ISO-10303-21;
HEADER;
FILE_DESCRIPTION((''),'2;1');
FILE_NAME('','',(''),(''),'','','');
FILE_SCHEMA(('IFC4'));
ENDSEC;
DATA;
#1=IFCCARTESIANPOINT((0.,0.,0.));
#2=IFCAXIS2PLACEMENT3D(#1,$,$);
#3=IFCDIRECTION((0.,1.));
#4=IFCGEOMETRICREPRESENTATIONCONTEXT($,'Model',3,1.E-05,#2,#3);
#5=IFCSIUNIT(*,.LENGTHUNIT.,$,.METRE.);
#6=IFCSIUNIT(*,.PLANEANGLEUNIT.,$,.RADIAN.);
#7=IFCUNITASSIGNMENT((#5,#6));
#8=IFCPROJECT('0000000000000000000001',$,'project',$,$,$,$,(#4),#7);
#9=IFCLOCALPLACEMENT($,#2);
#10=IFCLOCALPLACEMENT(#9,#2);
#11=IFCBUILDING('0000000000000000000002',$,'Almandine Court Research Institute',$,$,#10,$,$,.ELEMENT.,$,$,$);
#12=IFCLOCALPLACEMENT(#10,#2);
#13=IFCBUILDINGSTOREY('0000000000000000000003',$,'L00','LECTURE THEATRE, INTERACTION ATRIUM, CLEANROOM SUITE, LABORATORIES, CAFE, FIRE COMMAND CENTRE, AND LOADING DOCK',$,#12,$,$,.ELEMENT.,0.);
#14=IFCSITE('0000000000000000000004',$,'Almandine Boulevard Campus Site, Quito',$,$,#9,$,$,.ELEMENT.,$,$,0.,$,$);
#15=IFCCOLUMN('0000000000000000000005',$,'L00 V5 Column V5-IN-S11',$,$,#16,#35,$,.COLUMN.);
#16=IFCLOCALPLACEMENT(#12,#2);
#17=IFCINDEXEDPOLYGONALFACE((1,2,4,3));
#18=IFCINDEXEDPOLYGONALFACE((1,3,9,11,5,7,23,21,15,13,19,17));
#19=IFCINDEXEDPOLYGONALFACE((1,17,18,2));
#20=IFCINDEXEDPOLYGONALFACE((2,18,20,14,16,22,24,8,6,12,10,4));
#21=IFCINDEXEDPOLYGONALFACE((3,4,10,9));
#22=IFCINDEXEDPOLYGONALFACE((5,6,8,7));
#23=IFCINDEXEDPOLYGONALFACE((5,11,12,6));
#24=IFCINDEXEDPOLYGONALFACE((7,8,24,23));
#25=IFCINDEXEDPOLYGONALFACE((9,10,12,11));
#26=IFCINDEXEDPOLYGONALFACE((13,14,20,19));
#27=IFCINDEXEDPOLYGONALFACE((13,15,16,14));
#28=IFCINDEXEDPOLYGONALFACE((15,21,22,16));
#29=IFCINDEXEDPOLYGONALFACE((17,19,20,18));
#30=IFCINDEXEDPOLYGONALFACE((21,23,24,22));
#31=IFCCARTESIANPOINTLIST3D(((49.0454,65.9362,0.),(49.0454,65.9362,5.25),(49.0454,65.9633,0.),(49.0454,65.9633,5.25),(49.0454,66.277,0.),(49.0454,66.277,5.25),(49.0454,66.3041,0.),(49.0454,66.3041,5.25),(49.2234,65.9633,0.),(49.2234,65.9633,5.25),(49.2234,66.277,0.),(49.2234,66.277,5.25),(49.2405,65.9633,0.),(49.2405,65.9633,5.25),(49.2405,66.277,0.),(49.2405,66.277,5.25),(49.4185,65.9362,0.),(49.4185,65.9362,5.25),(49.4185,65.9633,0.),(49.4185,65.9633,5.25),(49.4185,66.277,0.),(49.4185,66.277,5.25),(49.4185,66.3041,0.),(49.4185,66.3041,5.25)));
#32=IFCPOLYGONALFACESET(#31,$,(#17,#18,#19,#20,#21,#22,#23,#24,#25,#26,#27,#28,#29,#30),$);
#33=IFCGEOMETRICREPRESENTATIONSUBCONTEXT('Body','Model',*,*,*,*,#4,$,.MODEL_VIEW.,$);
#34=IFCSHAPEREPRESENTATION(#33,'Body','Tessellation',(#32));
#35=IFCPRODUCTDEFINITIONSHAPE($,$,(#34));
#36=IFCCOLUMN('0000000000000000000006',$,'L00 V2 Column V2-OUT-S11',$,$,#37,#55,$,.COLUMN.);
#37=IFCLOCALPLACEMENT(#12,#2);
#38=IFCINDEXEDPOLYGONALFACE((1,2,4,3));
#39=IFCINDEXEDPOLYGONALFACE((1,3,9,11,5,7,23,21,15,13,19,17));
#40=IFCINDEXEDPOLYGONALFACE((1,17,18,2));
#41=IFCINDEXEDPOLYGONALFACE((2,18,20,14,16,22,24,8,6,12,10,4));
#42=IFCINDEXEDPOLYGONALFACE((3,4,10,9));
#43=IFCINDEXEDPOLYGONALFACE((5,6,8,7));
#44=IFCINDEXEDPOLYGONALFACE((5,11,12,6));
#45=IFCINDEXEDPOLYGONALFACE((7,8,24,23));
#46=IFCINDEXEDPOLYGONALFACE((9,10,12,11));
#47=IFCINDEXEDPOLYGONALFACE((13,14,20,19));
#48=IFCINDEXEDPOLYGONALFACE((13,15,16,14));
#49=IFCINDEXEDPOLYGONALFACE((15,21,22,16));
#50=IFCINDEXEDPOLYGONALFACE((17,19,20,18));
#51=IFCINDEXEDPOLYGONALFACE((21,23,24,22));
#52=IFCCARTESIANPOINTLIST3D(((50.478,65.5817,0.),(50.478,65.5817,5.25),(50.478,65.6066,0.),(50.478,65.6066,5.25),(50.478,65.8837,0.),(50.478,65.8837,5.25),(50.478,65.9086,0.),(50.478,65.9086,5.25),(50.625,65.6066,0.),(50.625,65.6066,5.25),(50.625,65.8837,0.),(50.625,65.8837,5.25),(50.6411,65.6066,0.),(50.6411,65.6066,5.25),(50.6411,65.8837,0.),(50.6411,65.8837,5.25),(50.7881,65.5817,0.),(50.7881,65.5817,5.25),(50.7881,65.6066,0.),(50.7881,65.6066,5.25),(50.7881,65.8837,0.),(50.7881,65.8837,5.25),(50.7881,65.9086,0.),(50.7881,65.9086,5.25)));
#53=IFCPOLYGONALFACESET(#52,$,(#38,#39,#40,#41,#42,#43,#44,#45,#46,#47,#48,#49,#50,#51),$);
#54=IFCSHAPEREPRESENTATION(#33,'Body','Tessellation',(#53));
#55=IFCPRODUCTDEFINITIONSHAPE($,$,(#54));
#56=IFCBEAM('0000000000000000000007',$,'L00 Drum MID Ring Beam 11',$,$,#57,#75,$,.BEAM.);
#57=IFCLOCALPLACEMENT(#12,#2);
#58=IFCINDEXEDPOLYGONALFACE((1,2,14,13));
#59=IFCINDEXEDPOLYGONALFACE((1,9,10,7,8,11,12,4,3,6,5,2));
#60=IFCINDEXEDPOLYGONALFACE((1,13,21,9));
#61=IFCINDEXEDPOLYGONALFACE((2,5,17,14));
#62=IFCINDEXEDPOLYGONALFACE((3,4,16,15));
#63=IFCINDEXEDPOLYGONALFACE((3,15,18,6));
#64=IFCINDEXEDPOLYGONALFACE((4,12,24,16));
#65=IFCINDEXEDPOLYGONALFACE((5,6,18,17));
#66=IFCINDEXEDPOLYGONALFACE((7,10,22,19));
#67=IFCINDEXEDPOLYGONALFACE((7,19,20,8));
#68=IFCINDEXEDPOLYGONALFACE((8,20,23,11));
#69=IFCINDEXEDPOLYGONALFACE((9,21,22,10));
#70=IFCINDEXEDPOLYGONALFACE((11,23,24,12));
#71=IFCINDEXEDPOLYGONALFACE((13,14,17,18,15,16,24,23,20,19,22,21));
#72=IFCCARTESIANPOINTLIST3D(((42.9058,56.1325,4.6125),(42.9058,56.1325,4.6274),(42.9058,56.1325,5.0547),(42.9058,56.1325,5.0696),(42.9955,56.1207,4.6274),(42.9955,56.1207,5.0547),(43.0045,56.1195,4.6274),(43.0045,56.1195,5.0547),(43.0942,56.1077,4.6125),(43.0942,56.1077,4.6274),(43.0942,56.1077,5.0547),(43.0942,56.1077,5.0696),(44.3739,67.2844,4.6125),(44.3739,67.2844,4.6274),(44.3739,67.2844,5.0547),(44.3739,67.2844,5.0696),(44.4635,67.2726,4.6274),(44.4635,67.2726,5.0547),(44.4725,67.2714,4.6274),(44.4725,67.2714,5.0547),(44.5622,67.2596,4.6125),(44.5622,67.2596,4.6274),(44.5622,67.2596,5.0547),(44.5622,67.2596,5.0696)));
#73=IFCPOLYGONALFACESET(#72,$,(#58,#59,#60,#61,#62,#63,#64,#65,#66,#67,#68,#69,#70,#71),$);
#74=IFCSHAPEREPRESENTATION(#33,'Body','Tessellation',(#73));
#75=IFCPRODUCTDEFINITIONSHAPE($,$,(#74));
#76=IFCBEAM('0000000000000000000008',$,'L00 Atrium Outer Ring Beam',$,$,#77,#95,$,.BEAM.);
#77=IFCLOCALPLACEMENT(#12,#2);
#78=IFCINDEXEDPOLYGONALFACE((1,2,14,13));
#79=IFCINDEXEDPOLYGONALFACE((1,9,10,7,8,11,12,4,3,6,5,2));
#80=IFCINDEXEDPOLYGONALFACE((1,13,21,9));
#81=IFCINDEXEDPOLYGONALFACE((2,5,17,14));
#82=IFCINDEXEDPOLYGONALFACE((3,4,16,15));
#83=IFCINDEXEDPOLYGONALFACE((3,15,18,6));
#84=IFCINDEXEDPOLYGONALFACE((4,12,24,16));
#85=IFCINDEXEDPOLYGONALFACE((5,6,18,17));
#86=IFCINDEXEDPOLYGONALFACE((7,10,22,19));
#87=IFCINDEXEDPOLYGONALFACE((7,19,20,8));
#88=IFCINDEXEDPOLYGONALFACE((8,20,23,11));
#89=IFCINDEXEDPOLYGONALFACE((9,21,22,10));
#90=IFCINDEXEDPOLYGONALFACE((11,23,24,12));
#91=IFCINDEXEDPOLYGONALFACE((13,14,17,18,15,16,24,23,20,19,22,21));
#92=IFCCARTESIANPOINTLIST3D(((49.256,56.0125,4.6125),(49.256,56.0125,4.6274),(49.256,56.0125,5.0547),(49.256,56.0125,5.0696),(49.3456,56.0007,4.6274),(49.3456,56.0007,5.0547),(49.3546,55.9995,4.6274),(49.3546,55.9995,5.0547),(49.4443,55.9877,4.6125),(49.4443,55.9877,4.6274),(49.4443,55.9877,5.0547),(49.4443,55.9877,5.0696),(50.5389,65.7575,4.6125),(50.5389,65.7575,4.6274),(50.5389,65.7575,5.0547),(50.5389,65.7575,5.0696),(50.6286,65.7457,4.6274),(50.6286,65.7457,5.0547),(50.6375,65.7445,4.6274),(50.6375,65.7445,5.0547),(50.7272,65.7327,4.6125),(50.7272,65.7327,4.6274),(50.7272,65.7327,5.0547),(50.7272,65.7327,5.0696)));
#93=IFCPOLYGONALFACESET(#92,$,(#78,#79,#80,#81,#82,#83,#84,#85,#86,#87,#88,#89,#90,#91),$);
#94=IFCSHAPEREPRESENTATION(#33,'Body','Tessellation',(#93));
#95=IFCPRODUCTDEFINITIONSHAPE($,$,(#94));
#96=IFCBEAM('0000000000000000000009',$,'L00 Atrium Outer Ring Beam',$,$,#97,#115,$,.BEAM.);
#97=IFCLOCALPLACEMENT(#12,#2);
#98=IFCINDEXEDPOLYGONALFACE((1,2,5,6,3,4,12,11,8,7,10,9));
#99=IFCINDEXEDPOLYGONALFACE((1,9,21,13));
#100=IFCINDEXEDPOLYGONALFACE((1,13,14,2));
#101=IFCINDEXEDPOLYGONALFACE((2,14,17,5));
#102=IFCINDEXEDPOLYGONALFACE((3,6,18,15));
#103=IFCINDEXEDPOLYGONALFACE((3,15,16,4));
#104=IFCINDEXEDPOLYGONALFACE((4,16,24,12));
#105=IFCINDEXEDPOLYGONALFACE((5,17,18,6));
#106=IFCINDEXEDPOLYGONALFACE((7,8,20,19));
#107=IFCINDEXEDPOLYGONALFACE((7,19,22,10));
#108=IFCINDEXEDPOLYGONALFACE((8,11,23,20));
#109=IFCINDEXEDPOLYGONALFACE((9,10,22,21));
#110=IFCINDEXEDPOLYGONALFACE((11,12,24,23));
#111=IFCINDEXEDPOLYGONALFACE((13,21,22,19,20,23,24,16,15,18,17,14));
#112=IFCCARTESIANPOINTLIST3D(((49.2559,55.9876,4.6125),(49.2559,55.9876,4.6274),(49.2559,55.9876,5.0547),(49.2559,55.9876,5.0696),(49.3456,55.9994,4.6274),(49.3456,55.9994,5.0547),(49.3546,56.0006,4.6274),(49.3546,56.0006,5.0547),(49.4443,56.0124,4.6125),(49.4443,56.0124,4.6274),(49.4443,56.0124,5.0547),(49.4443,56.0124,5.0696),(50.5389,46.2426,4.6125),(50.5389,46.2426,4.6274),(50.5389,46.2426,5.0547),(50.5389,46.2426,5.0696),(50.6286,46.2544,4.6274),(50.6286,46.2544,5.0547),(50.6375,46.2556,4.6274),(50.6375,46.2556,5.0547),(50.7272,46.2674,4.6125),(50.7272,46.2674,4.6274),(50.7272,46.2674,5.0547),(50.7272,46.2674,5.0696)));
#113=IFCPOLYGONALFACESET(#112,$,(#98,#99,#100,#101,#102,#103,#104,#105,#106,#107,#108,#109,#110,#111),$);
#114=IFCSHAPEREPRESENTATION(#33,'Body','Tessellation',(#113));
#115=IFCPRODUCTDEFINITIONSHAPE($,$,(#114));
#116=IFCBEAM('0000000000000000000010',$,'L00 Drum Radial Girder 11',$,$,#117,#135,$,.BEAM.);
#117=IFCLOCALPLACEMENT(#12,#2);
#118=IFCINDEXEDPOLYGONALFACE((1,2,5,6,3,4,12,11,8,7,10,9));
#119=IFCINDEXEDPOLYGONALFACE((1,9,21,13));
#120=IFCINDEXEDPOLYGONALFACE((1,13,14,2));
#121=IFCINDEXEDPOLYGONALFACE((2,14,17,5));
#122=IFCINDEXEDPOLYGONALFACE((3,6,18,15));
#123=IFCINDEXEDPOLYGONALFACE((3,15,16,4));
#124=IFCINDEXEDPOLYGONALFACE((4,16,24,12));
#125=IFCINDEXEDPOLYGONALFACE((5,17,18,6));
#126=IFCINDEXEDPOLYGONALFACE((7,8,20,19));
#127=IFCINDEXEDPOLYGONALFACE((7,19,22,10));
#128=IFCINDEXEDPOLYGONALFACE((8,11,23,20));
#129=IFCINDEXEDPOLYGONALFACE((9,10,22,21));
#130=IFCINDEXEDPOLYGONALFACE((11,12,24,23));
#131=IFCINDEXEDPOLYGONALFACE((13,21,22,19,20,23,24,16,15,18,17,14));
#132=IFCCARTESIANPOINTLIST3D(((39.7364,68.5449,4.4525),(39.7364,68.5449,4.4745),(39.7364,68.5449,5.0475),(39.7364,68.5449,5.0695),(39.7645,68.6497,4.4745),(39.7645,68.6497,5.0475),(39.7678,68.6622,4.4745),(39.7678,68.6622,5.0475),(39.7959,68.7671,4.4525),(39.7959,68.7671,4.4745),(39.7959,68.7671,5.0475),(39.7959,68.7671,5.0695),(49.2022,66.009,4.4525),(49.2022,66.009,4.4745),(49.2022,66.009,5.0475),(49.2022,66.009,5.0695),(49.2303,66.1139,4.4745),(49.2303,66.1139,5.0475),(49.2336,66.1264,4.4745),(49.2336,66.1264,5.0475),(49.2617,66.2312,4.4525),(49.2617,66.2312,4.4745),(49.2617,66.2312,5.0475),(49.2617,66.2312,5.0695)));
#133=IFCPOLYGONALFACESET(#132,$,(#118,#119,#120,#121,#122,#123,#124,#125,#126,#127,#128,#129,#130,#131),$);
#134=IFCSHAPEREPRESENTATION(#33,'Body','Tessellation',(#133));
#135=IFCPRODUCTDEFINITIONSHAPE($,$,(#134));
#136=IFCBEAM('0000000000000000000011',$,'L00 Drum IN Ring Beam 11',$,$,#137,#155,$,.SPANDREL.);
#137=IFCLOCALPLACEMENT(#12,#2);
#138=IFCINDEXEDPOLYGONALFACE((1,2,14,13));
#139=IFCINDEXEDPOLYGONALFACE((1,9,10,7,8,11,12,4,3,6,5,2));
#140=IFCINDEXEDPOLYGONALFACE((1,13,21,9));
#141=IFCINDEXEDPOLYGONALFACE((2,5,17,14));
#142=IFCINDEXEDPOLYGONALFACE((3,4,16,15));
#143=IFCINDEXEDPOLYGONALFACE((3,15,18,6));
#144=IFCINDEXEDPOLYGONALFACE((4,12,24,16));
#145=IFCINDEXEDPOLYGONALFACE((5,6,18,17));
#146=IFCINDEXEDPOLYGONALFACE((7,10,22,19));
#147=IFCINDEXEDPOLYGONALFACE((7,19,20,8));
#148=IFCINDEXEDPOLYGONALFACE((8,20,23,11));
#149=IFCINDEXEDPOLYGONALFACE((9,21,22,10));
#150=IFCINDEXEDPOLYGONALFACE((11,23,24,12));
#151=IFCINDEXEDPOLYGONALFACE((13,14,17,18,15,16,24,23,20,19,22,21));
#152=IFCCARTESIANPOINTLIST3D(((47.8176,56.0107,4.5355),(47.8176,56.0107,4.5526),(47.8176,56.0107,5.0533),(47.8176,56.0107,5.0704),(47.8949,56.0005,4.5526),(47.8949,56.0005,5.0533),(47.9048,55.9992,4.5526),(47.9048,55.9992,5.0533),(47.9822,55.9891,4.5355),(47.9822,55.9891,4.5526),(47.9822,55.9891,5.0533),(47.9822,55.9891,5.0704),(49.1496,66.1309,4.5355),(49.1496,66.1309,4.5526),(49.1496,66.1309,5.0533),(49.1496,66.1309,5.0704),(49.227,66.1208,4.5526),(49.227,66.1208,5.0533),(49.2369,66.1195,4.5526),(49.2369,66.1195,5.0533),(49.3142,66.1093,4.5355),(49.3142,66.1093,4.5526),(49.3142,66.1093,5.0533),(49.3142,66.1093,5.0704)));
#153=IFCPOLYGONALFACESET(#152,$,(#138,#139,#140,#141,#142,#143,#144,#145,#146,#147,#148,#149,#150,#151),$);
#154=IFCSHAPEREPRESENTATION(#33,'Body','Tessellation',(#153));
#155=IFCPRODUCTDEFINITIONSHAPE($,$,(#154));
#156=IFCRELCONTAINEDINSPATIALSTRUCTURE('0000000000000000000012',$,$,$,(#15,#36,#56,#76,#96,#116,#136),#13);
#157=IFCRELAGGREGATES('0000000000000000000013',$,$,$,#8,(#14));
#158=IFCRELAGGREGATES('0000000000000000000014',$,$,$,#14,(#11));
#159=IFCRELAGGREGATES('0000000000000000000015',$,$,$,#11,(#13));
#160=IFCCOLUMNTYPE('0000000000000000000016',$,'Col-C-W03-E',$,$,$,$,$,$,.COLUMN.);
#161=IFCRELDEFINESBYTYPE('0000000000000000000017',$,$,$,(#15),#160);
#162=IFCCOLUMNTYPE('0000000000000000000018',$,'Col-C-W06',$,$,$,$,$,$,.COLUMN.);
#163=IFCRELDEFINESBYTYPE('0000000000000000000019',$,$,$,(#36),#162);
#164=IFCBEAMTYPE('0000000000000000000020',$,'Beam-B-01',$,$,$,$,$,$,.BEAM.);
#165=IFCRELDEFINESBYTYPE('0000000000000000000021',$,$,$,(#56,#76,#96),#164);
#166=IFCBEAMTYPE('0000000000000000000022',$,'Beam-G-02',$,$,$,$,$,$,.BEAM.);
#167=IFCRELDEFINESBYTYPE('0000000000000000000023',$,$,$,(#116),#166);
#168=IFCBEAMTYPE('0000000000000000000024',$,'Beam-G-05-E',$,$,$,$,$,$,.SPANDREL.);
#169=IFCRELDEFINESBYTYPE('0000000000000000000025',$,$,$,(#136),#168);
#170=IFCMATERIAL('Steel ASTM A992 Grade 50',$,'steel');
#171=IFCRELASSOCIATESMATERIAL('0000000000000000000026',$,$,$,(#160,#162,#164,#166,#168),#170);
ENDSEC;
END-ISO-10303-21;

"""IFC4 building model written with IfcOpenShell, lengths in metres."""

from ifc_helpers import new_model, si_unit, direction, frame, origin, origin_2d, place, context, subcontext, project, spatial, i_section, extrude, material, material_profile, profile_set, type_object, element, save


model = new_model("IFC4")

# Units and contexts
model_context = context("Model", 3, precision=1e-05, world=origin(), true_north=direction((0.0, 1.0)))
body_context = subcontext(model_context, "Body", "Model", "MODEL_VIEW")
ifc_project = project(units=[si_unit("LENGTHUNIT", "METRE"), si_unit("PLANEANGLEUNIT", "RADIAN")], contexts=[model_context])

# Site, building, storey
site_placement = place(None, origin())
site = spatial("IfcSite", under=ifc_project, at=site_placement, Name="Almandine Boulevard Campus Site, Quito", CompositionType="ELEMENT", RefElevation=0.0)
building_placement = place(site_placement, origin())
building = spatial("IfcBuilding", under=site, at=building_placement, Name="Almandine Court Research Institute", CompositionType="ELEMENT")
storey_placement = place(building_placement, origin())
storey = spatial("IfcBuildingStorey", under=building, at=storey_placement, Name="L00", Description="LECTURE THEATRE, INTERACTION ATRIUM, CLEANROOM SUITE, LABORATORIES, CAFE, FIRE COMMAND CENTRE, AND LOADING DOCK", CompositionType="ELEMENT", Elevation=0.0)

# Columns
ifc_material_1 = material(Name="Steel ASTM A992 Grade 50", Category="steel")
ifc_material_profile_1 = material_profile(ifc_material_1, i_section(OverallWidth=0.373, OverallDepth=0.3679, WebThickness=0.0171, FlangeThickness=0.0271, at=origin_2d()), Name="W360x179")
ifc_profile_set_1 = profile_set([ifc_material_profile_1], Name="Steel ASTM A992 Grade 50")
column_type_1 = type_object("IfcColumnType", Name="Col-C-W03-E", PredefinedType="COLUMN", material=ifc_profile_set_1)
column_1_placement = place(storey_placement, frame((49.2319, 66.1201, 0.0), z_axis=(0.0, 0.0, 1.0), x_axis=(1.0, 0.0, 0.0)))
element("IfcColumn", 1, at=column_1_placement, inside=storey, type_object=column_type_1, Name="L00 V5 Column V5-IN-S11", PredefinedType="COLUMN", context=body_context, shape_type="SweptSolid", body=[
    extrude(i_section(OverallWidth=0.373, OverallDepth=0.3679, WebThickness=0.0171, FlangeThickness=0.0271, at=origin_2d()), origin(), (0.0, 0.0, 1.0), 5.25),
])
ifc_material_profile_2 = material_profile(ifc_material_1, i_section(OverallWidth=0.3101, OverallDepth=0.3269, WebThickness=0.0161, FlangeThickness=0.0249, at=origin_2d()), Name="W310x158")
ifc_profile_set_2 = profile_set([ifc_material_profile_2], Name="Steel ASTM A992 Grade 50")
column_type_2 = type_object("IfcColumnType", Name="Col-C-W06", PredefinedType="COLUMN", material=ifc_profile_set_2)
column_2_placement = place(storey_placement, frame((50.6331, 65.7451, 0.0), z_axis=(0.0, 0.0, 1.0), x_axis=(1.0, 0.0, 0.0)))
element("IfcColumn", 2, at=column_2_placement, inside=storey, type_object=column_type_2, Name="L00 V2 Column V2-OUT-S11", PredefinedType="COLUMN", context=body_context, shape_type="SweptSolid", body=[
    extrude(i_section(OverallWidth=0.3101, OverallDepth=0.3269, WebThickness=0.0161, FlangeThickness=0.0249, at=origin_2d()), origin(), (0.0, 0.0, 1.0), 5.25),
])

# Beams
ifc_material_profile_3 = material_profile(ifc_material_1, i_section(OverallWidth=0.1899, OverallDepth=0.457, WebThickness=0.009, FlangeThickness=0.0149, at=origin_2d()), Name="W460x74")
ifc_profile_set_3 = profile_set([ifc_material_profile_3], Name="Steel ASTM A992 Grade 50")
beam_type_1 = type_object("IfcBeamType", Name="Beam-B-01", PredefinedType="BEAM", material=ifc_profile_set_3)
beam_1_placement = place(storey_placement, frame((44.468, 67.272, 4.8411), z_axis=(-0.130513, -0.991447, 0.0), x_axis=(0.991447, -0.130513, 0.0)))
element("IfcBeam", 3, at=beam_1_placement, inside=storey, type_object=beam_type_1, Name="L00 Drum MID Ring Beam 11", PredefinedType="BEAM", context=body_context, shape_type="SweptSolid", body=[
    extrude(i_section(OverallWidth=0.1899, OverallDepth=0.457, WebThickness=0.009, FlangeThickness=0.0149, at=origin_2d()), origin(), (0.0, 0.0, 1.0), 11.248),
])
for number, where, z_axis, x_axis, name in (
    (4, (50.6331, 65.7451, 4.8411), (-0.130525, -0.991445, 0.0), (0.991445, -0.130525, 0.0), "L00 Atrium Outer Ring Beam"),
    (5, (49.3501, 56.0, 4.8411), (0.130525, -0.991445, 0.0), (0.991445, 0.130525, 0.0), "L00 Atrium Outer Ring Beam"),
):
    element("IfcBeam", number, at=place(storey_placement, frame(where, z_axis=z_axis, x_axis=x_axis)), inside=storey, type_object=beam_type_1, Name=name, PredefinedType="BEAM", context=body_context, shape_type="SweptSolid", body=[
        extrude(i_section(OverallWidth=0.1899, OverallDepth=0.457, WebThickness=0.009, FlangeThickness=0.0149, at=origin_2d()), origin(), (0.0, 0.0, 1.0), 9.8291),
    ])
ifc_material_profile_4 = material_profile(ifc_material_1, i_section(OverallWidth=0.23, OverallDepth=0.6169, WebThickness=0.0129, FlangeThickness=0.022, at=origin_2d()), Name="W610x140")
ifc_profile_set_4 = profile_set([ifc_material_profile_4], Name="Steel ASTM A992 Grade 50")
beam_type_2 = type_object("IfcBeamType", Name="Beam-G-02", PredefinedType="BEAM", material=ifc_profile_set_4)
beam_2_placement = place(storey_placement, frame((49.2319, 66.1201, 4.761), z_axis=(-0.965938, 0.258774, 0.0), x_axis=(-0.258774, -0.965938, 0.0)))
element("IfcBeam", 6, at=beam_2_placement, inside=storey, type_object=beam_type_2, Name="L00 Drum Radial Girder 11", PredefinedType="BEAM", context=body_context, shape_type="SweptSolid", body=[
    extrude(i_section(OverallWidth=0.23, OverallDepth=0.6169, WebThickness=0.0129, FlangeThickness=0.022, at=origin_2d()), origin(), (0.0, 0.0, 1.0), 9.7996),
])
ifc_material_profile_5 = material_profile(ifc_material_1, i_section(OverallWidth=0.166, OverallDepth=0.5349, WebThickness=0.01, FlangeThickness=0.0171, at=origin_2d()), Name="W530x85")
ifc_profile_set_5 = profile_set([ifc_material_profile_5], Name="Steel ASTM A992 Grade 50")
beam_type_3 = type_object("IfcBeamType", Name="Beam-G-05-E", PredefinedType="SPANDREL", material=ifc_profile_set_5)
beam_3_placement = place(storey_placement, frame((49.2319, 66.1201, 4.803), z_axis=(-0.130497, -0.991449, 0.0), x_axis=(0.991449, -0.130497, 0.0)))
element("IfcBeam", 7, at=beam_3_placement, inside=storey, type_object=beam_type_3, Name="L00 Drum IN Ring Beam 11", PredefinedType="SPANDREL", context=body_context, shape_type="SweptSolid", body=[
    extrude(i_section(OverallWidth=0.166, OverallDepth=0.5349, WebThickness=0.01, FlangeThickness=0.0171, at=origin_2d()), origin(), (0.0, 0.0, 1.0), 10.2075),
])

save(model, "model.ifc")
